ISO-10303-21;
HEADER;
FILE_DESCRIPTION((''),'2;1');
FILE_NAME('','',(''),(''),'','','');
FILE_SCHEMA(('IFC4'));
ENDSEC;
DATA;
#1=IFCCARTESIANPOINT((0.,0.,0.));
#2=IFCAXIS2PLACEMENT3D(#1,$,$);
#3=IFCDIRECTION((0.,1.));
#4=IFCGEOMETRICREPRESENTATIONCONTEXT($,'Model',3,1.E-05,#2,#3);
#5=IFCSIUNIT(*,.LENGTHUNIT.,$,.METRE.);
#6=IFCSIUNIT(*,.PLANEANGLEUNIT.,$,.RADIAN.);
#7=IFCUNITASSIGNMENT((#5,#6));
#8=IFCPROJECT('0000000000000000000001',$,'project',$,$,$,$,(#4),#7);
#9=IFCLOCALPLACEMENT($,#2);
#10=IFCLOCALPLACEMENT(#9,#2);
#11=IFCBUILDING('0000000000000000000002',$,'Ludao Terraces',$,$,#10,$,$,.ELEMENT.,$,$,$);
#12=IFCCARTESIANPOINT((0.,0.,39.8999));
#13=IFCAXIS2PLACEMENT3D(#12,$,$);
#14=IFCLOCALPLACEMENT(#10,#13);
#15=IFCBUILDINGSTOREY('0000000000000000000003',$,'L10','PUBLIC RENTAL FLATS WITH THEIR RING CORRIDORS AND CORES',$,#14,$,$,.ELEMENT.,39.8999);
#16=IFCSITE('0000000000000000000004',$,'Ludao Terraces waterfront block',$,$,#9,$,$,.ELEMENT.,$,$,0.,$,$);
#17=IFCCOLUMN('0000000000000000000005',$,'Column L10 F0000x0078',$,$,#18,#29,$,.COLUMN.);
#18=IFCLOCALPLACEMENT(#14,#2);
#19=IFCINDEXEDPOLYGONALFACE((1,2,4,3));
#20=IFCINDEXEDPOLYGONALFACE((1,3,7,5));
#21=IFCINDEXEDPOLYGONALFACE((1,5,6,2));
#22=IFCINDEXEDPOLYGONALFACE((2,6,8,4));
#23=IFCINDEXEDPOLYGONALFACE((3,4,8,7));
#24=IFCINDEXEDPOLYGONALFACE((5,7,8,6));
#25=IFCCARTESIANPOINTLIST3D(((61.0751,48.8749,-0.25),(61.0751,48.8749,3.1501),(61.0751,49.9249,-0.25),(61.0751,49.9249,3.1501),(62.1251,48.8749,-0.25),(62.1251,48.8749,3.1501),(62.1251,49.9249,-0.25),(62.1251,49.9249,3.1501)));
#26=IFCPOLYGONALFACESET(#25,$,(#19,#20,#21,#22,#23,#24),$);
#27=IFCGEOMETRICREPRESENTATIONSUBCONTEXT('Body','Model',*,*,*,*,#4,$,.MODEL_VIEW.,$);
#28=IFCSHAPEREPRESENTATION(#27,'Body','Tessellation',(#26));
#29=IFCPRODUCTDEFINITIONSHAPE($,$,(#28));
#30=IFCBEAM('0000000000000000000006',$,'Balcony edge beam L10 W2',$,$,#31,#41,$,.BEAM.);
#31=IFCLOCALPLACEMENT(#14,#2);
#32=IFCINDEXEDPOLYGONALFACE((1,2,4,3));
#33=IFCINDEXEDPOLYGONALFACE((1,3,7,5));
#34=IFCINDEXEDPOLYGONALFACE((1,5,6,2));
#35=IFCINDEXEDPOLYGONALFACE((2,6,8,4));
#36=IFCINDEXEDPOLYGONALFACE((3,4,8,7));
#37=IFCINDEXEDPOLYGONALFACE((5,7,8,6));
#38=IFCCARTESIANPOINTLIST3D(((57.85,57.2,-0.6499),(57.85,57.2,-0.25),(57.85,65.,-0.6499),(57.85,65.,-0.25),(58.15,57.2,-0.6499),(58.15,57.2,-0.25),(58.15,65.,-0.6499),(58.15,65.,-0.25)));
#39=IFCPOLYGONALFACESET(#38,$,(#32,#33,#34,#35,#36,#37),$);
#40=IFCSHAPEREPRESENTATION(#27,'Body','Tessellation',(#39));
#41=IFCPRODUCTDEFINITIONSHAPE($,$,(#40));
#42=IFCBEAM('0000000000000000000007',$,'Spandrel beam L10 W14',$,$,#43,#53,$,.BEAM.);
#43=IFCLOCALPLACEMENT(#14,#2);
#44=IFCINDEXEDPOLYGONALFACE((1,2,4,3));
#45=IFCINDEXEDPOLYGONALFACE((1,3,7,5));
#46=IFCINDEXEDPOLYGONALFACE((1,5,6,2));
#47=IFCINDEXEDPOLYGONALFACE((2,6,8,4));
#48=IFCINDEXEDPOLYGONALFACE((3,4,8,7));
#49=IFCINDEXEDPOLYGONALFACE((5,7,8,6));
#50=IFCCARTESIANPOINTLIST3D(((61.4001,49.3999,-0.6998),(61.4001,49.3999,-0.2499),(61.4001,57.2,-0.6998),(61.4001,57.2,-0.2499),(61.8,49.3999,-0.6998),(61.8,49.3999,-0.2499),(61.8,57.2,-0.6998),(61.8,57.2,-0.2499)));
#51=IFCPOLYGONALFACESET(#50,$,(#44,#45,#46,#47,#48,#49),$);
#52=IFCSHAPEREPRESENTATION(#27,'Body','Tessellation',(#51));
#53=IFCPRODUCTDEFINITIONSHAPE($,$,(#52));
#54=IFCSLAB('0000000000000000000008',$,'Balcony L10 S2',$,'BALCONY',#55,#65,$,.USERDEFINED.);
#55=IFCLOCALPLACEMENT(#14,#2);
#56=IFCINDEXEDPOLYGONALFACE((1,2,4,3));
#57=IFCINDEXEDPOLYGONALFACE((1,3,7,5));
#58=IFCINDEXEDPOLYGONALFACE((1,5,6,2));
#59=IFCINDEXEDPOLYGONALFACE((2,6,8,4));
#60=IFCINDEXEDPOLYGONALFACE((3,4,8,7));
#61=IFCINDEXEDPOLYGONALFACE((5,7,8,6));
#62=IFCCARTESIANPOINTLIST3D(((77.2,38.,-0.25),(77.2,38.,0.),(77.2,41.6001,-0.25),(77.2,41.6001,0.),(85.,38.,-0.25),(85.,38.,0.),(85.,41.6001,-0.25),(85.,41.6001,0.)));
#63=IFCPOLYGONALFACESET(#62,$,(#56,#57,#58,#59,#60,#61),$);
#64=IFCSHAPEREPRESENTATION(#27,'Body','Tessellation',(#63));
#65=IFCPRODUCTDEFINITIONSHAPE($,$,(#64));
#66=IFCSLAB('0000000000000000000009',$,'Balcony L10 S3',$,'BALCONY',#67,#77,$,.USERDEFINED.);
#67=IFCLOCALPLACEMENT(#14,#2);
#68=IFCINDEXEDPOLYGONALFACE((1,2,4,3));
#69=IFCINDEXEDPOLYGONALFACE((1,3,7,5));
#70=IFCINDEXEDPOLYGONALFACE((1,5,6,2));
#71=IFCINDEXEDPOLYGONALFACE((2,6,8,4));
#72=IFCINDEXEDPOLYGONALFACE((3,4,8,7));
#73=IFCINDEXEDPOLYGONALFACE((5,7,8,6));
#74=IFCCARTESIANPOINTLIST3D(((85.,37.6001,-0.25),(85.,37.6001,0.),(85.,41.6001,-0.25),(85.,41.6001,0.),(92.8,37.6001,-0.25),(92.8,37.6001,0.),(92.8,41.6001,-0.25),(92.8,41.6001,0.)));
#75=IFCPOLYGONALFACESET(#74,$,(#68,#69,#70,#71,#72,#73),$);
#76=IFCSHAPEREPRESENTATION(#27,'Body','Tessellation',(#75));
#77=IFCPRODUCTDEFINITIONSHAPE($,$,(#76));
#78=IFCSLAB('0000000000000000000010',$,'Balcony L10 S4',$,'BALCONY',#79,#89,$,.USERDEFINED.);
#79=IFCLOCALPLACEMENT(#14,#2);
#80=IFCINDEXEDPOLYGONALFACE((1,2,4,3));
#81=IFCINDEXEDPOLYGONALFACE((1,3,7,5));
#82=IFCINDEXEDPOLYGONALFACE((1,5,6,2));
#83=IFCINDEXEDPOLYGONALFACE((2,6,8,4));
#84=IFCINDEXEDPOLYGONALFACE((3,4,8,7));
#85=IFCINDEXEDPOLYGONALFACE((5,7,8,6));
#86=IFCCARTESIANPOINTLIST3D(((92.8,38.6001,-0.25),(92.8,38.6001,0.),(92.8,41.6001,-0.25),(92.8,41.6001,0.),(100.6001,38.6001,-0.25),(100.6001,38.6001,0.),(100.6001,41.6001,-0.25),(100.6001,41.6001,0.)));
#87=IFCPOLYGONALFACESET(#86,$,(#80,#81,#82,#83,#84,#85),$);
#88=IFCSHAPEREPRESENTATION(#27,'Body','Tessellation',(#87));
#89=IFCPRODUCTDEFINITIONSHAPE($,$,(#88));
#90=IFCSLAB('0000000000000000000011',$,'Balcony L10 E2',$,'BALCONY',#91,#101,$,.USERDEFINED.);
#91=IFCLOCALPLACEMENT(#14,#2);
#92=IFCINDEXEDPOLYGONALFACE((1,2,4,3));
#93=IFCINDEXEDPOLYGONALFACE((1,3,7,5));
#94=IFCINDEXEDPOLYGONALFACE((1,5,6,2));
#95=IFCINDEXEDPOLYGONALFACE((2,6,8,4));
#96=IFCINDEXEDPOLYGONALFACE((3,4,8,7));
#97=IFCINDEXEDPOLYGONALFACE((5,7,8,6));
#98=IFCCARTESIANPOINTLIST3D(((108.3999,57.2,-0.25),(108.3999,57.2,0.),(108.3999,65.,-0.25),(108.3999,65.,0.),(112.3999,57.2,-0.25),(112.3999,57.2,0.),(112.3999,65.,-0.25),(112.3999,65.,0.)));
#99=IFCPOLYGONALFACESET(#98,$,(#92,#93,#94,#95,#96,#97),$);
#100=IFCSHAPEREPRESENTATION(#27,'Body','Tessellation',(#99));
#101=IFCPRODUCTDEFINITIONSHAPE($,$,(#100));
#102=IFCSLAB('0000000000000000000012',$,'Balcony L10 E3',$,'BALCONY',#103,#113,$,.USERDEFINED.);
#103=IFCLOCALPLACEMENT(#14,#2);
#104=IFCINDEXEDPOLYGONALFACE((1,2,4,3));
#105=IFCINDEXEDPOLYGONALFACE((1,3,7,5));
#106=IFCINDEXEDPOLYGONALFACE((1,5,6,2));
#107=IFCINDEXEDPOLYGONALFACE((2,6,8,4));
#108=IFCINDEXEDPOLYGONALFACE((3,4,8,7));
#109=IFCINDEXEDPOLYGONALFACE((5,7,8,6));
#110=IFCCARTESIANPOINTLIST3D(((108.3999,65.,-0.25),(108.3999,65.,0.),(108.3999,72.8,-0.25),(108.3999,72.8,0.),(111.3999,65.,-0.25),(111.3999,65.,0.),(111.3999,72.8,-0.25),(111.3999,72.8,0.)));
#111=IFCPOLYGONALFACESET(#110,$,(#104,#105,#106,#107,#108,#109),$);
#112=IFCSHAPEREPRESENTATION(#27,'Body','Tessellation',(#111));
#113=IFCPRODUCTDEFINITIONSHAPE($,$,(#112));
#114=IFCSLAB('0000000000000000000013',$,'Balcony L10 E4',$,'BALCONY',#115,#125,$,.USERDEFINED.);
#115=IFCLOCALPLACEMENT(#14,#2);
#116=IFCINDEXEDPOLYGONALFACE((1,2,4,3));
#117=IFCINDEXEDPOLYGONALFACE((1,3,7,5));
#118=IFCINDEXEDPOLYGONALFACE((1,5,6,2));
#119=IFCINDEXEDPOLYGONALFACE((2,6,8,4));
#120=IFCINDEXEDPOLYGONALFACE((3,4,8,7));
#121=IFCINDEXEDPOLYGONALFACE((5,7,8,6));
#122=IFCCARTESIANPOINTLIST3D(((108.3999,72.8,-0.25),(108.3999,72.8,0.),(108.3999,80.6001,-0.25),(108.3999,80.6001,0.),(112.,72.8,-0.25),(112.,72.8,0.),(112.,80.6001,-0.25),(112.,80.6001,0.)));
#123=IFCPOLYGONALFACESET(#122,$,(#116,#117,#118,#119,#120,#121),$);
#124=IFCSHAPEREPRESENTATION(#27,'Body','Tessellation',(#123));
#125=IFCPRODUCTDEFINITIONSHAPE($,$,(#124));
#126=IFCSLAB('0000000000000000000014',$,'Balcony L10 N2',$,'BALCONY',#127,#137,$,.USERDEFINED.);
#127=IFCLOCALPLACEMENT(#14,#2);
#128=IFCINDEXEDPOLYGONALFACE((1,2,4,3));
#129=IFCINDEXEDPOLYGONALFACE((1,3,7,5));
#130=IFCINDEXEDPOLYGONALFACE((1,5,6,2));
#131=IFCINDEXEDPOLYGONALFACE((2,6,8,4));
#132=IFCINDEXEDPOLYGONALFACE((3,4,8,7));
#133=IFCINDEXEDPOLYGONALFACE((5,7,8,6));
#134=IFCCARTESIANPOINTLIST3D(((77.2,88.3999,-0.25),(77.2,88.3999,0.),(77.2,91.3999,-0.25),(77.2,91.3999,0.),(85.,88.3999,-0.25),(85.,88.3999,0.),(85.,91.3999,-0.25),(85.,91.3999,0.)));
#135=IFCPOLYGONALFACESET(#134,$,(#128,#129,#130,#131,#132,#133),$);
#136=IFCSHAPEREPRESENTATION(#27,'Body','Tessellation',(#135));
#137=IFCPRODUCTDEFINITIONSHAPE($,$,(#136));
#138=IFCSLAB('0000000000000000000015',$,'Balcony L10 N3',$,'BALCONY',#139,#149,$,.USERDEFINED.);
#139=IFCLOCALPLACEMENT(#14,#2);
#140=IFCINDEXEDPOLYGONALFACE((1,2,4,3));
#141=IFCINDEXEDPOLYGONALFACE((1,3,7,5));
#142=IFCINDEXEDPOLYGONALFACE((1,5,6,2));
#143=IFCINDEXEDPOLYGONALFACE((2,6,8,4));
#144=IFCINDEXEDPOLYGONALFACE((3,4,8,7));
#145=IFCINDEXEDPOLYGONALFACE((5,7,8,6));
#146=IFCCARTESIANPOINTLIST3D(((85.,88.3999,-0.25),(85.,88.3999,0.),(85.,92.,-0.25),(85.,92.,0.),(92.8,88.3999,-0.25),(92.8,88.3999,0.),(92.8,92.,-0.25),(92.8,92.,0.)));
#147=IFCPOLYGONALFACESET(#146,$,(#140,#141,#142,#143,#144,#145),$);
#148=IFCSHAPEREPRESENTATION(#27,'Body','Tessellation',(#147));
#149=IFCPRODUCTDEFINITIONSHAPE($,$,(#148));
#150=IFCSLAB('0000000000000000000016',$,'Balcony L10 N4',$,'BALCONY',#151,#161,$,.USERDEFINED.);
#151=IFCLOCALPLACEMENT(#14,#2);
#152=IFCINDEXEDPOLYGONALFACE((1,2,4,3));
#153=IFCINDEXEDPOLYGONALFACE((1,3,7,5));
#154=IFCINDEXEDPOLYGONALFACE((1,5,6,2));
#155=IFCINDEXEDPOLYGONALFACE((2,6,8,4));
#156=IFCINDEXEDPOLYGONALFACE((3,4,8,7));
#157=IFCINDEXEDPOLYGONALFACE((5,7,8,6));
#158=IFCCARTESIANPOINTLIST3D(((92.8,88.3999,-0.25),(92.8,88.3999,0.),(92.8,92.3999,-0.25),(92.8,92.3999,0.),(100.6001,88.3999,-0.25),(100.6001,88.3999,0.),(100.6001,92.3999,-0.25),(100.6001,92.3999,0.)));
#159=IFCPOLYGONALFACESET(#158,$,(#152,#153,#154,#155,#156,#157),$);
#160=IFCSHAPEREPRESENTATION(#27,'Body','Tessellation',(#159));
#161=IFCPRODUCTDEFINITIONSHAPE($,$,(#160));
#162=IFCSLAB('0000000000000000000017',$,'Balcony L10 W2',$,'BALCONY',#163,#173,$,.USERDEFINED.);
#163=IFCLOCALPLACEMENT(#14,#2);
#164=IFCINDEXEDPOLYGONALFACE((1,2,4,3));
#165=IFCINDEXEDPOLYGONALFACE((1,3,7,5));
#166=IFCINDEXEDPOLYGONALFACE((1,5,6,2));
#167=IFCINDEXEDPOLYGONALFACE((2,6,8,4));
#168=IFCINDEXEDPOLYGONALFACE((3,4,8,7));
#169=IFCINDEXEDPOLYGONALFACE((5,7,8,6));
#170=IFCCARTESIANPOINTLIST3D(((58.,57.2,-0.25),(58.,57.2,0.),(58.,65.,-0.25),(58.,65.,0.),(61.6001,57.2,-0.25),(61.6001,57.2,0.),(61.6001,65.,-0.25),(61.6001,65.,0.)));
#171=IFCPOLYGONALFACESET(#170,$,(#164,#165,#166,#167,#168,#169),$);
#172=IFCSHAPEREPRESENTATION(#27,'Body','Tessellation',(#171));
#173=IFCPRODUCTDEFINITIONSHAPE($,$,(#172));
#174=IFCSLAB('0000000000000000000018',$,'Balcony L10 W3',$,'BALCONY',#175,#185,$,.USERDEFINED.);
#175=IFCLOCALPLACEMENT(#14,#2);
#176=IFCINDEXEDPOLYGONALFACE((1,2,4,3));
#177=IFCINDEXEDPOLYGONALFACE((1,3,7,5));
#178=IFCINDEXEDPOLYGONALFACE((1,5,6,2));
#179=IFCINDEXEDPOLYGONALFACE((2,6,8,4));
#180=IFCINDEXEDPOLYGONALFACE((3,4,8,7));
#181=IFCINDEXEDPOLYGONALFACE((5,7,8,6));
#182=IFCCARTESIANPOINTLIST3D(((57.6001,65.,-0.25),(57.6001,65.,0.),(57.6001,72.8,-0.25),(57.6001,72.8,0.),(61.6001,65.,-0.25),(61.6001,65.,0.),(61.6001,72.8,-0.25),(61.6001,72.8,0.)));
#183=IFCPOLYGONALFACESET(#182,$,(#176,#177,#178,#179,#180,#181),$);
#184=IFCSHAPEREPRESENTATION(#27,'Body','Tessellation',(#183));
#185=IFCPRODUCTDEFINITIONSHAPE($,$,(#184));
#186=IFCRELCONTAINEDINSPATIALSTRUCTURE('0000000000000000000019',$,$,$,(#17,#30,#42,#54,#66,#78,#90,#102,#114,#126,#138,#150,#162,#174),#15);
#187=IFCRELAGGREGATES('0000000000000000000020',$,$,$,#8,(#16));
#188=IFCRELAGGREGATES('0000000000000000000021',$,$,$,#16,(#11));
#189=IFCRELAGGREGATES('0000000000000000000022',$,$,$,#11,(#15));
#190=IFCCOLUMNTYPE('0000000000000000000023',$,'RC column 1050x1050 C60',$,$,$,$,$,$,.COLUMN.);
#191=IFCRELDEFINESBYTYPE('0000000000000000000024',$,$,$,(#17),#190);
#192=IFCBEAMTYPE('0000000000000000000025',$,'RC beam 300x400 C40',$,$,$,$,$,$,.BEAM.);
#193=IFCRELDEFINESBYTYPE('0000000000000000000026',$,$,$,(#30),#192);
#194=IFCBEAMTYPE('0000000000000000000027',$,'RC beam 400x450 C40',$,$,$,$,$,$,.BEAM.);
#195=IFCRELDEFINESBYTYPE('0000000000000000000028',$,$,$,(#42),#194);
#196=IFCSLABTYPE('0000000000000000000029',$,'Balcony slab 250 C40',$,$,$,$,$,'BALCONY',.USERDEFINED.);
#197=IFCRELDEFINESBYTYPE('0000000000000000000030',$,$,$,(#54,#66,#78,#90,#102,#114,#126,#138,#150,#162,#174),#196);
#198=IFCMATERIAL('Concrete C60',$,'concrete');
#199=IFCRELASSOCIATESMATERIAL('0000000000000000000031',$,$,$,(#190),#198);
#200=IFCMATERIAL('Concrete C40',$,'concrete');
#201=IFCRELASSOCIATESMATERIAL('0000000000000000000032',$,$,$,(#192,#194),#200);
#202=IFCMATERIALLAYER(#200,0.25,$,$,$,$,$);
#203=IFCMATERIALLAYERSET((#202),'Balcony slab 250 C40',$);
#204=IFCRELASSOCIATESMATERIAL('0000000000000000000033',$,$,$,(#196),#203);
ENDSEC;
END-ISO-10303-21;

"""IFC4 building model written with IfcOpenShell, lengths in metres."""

from ifc_helpers import new_model, si_unit, direction, frame, origin, origin_2d, place, context, subcontext, project, spatial, polyline, rectangle, outline, extrude, material, layer, layer_set, material_profile, profile_set, type_object, element, save


model = new_model("IFC4")

# Units and contexts
model_context = context("Model", 3, precision=1e-05, world=origin(), true_north=direction((0.0, 1.0)))
body_context = subcontext(model_context, "Body", "Model", "MODEL_VIEW")
ifc_project = project(units=[si_unit("LENGTHUNIT", "METRE"), si_unit("PLANEANGLEUNIT", "RADIAN")], contexts=[model_context])

# Site, building, storey
site_placement = place(None, origin())
site = spatial("IfcSite", under=ifc_project, at=site_placement, Name="Ludao Terraces waterfront block", CompositionType="ELEMENT", RefElevation=0.0)
building_placement = place(site_placement, origin())
building = spatial("IfcBuilding", under=site, at=building_placement, Name="Ludao Terraces", CompositionType="ELEMENT")
storey_placement = place(building_placement, frame((0.0, 0.0, 39.8999)))
storey = spatial("IfcBuildingStorey", under=building, at=storey_placement, Name="L10", Description="PUBLIC RENTAL FLATS WITH THEIR RING CORRIDORS AND CORES", CompositionType="ELEMENT", Elevation=39.8999)

# Column
ifc_material_1 = material(Name="Concrete C60", Category="concrete")
ifc_material_profile_1 = material_profile(ifc_material_1, rectangle(XDim=1.05, YDim=1.05, at=origin_2d()), Name="1050 X 1050")
ifc_profile_set_1 = profile_set([ifc_material_profile_1], Name="Concrete C60")
column_type = type_object("IfcColumnType", Name="RC column 1050x1050 C60", PredefinedType="COLUMN", material=ifc_profile_set_1)
column_placement = place(storey_placement, frame((61.6001, 49.3999, -0.25), z_axis=(0.0, 0.0, 1.0), x_axis=(1.0, 0.0, 0.0)))
element("IfcColumn", 1, at=column_placement, inside=storey, type_object=column_type, Name="Column L10 F0000x0078", PredefinedType="COLUMN", context=body_context, shape_type="SweptSolid", body=[
    extrude(rectangle(XDim=1.05, YDim=1.05, at=origin_2d()), origin(), (0.0, 0.0, 1.0), 3.4001),
])

# Beams
ifc_material_2 = material(Name="Concrete C40", Category="concrete")
ifc_material_profile_2 = material_profile(ifc_material_2, rectangle(XDim=0.3, YDim=0.3999, at=origin_2d()), Name="300 X 400")
ifc_profile_set_2 = profile_set([ifc_material_profile_2], Name="Concrete C40")
beam_type_1 = type_object("IfcBeamType", Name="RC beam 300x400 C40", PredefinedType="BEAM", material=ifc_profile_set_2)
beam_1_placement = place(storey_placement, frame((58.0, 57.2, -0.45), z_axis=(0.0, 1.0, 0.0), x_axis=(-1.0, 0.0, 0.0)))
element("IfcBeam", 2, at=beam_1_placement, inside=storey, type_object=beam_type_1, Name="Balcony edge beam L10 W2", PredefinedType="BEAM", context=body_context, shape_type="SweptSolid", body=[
    extrude(rectangle(XDim=0.3, YDim=0.3999, at=origin_2d()), origin(), (0.0, 0.0, 1.0), 7.8),
])
ifc_material_profile_3 = material_profile(ifc_material_2, rectangle(XDim=0.3999, YDim=0.45, at=origin_2d()), Name="400 X 450")
ifc_profile_set_3 = profile_set([ifc_material_profile_3], Name="Concrete C40")
beam_type_2 = type_object("IfcBeamType", Name="RC beam 400x450 C40", PredefinedType="BEAM", material=ifc_profile_set_3)
beam_2_placement = place(storey_placement, frame((61.6001, 49.3999, -0.4749), z_axis=(0.0, 1.0, 0.0), x_axis=(-1.0, 0.0, 0.0)))
element("IfcBeam", 3, at=beam_2_placement, inside=storey, type_object=beam_type_2, Name="Spandrel beam L10 W14", PredefinedType="BEAM", context=body_context, shape_type="SweptSolid", body=[
    extrude(rectangle(XDim=0.3999, YDim=0.45, at=origin_2d()), origin(), (0.0, 0.0, 1.0), 7.8),
])

# Slabs
ifc_layer_1 = layer(ifc_material_2, 0.25)
ifc_layer_set_1 = layer_set([ifc_layer_1], Name="Balcony slab 250 C40")
slab_type_1 = type_object("IfcSlabType", Name="Balcony slab 250 C40", ElementType="BALCONY", PredefinedType="USERDEFINED", material=ifc_layer_set_1)
slab_1_placement = place(storey_placement, frame((0.0, 0.0, -0.25)))
element("IfcSlab", 4, at=slab_1_placement, inside=storey, type_object=slab_type_1, Name="Balcony L10 S2", ObjectType="BALCONY", PredefinedType="USERDEFINED", context=body_context, shape_type="SweptSolid", body=[
    extrude(outline(polyline([(77.2, 38.0), (85.0, 38.0), (85.0, 41.6001), (77.2, 41.6001), (77.2, 38.0)])), origin(), (0.0, 0.0, 1.0), 0.25),
])
slab_2_placement = place(storey_placement, frame((0.0, 0.0, -0.25)))
element("IfcSlab", 5, at=slab_2_placement, inside=storey, type_object=slab_type_1, Name="Balcony L10 S3", ObjectType="BALCONY", PredefinedType="USERDEFINED", context=body_context, shape_type="SweptSolid", body=[
    extrude(outline(polyline([(85.0, 37.6001), (92.8, 37.6001), (92.8, 41.6001), (85.0, 41.6001), (85.0, 37.6001)])), origin(), (0.0, 0.0, 1.0), 0.25),
])
slab_3_placement = place(storey_placement, frame((0.0, 0.0, -0.25)))
element("IfcSlab", 6, at=slab_3_placement, inside=storey, type_object=slab_type_1, Name="Balcony L10 S4", ObjectType="BALCONY", PredefinedType="USERDEFINED", context=body_context, shape_type="SweptSolid", body=[
    extrude(outline(polyline([(92.8, 38.6001), (100.6001, 38.6001), (100.6001, 41.6001), (92.8, 41.6001), (92.8, 38.6001)])), origin(), (0.0, 0.0, 1.0), 0.25),
])
slab_4_placement = place(storey_placement, frame((0.0, 0.0, -0.25)))
element("IfcSlab", 7, at=slab_4_placement, inside=storey, type_object=slab_type_1, Name="Balcony L10 E2", ObjectType="BALCONY", PredefinedType="USERDEFINED", context=body_context, shape_type="SweptSolid", body=[
    extrude(outline(polyline([(108.3999, 57.2), (112.3999, 57.2), (112.3999, 65.0), (108.3999, 65.0), (108.3999, 57.2)])), origin(), (0.0, 0.0, 1.0), 0.25),
])
slab_5_placement = place(storey_placement, frame((0.0, 0.0, -0.25)))
element("IfcSlab", 8, at=slab_5_placement, inside=storey, type_object=slab_type_1, Name="Balcony L10 E3", ObjectType="BALCONY", PredefinedType="USERDEFINED", context=body_context, shape_type="SweptSolid", body=[
    extrude(outline(polyline([(108.3999, 65.0), (111.3999, 65.0), (111.3999, 72.8), (108.3999, 72.8), (108.3999, 65.0)])), origin(), (0.0, 0.0, 1.0), 0.25),
])
slab_6_placement = place(storey_placement, frame((0.0, 0.0, -0.25)))
element("IfcSlab", 9, at=slab_6_placement, inside=storey, type_object=slab_type_1, Name="Balcony L10 E4", ObjectType="BALCONY", PredefinedType="USERDEFINED", context=body_context, shape_type="SweptSolid", body=[
    extrude(outline(polyline([(108.3999, 72.8), (112.0, 72.8), (112.0, 80.6001), (108.3999, 80.6001), (108.3999, 72.8)])), origin(), (0.0, 0.0, 1.0), 0.25),
])
slab_7_placement = place(storey_placement, frame((0.0, 0.0, -0.25)))
element("IfcSlab", 10, at=slab_7_placement, inside=storey, type_object=slab_type_1, Name="Balcony L10 N2", ObjectType="BALCONY", PredefinedType="USERDEFINED", context=body_context, shape_type="SweptSolid", body=[
    extrude(outline(polyline([(77.2, 88.3999), (85.0, 88.3999), (85.0, 91.3999), (77.2, 91.3999), (77.2, 88.3999)])), origin(), (0.0, 0.0, 1.0), 0.25),
])
slab_8_placement = place(storey_placement, frame((0.0, 0.0, -0.25)))
element("IfcSlab", 11, at=slab_8_placement, inside=storey, type_object=slab_type_1, Name="Balcony L10 N3", ObjectType="BALCONY", PredefinedType="USERDEFINED", context=body_context, shape_type="SweptSolid", body=[
    extrude(outline(polyline([(85.0, 88.3999), (92.8, 88.3999), (92.8, 92.0), (85.0, 92.0), (85.0, 88.3999)])), origin(), (0.0, 0.0, 1.0), 0.25),
])
slab_9_placement = place(storey_placement, frame((0.0, 0.0, -0.25)))
element("IfcSlab", 12, at=slab_9_placement, inside=storey, type_object=slab_type_1, Name="Balcony L10 N4", ObjectType="BALCONY", PredefinedType="USERDEFINED", context=body_context, shape_type="SweptSolid", body=[
    extrude(outline(polyline([(92.8, 88.3999), (100.6001, 88.3999), (100.6001, 92.3999), (92.8, 92.3999), (92.8, 88.3999)])), origin(), (0.0, 0.0, 1.0), 0.25),
])
slab_10_placement = place(storey_placement, frame((0.0, 0.0, -0.25)))
element("IfcSlab", 13, at=slab_10_placement, inside=storey, type_object=slab_type_1, Name="Balcony L10 W2", ObjectType="BALCONY", PredefinedType="USERDEFINED", context=body_context, shape_type="SweptSolid", body=[
    extrude(outline(polyline([(58.0, 57.2), (61.6001, 57.2), (61.6001, 65.0), (58.0, 65.0), (58.0, 57.2)])), origin(), (0.0, 0.0, 1.0), 0.25),
])
slab_11_placement = place(storey_placement, frame((0.0, 0.0, -0.25)))
element("IfcSlab", 14, at=slab_11_placement, inside=storey, type_object=slab_type_1, Name="Balcony L10 W3", ObjectType="BALCONY", PredefinedType="USERDEFINED", context=body_context, shape_type="SweptSolid", body=[
    extrude(outline(polyline([(57.6001, 65.0), (61.6001, 65.0), (61.6001, 72.8), (57.6001, 72.8), (57.6001, 65.0)])), origin(), (0.0, 0.0, 1.0), 0.25),
])

save(model, "model.ifc")
